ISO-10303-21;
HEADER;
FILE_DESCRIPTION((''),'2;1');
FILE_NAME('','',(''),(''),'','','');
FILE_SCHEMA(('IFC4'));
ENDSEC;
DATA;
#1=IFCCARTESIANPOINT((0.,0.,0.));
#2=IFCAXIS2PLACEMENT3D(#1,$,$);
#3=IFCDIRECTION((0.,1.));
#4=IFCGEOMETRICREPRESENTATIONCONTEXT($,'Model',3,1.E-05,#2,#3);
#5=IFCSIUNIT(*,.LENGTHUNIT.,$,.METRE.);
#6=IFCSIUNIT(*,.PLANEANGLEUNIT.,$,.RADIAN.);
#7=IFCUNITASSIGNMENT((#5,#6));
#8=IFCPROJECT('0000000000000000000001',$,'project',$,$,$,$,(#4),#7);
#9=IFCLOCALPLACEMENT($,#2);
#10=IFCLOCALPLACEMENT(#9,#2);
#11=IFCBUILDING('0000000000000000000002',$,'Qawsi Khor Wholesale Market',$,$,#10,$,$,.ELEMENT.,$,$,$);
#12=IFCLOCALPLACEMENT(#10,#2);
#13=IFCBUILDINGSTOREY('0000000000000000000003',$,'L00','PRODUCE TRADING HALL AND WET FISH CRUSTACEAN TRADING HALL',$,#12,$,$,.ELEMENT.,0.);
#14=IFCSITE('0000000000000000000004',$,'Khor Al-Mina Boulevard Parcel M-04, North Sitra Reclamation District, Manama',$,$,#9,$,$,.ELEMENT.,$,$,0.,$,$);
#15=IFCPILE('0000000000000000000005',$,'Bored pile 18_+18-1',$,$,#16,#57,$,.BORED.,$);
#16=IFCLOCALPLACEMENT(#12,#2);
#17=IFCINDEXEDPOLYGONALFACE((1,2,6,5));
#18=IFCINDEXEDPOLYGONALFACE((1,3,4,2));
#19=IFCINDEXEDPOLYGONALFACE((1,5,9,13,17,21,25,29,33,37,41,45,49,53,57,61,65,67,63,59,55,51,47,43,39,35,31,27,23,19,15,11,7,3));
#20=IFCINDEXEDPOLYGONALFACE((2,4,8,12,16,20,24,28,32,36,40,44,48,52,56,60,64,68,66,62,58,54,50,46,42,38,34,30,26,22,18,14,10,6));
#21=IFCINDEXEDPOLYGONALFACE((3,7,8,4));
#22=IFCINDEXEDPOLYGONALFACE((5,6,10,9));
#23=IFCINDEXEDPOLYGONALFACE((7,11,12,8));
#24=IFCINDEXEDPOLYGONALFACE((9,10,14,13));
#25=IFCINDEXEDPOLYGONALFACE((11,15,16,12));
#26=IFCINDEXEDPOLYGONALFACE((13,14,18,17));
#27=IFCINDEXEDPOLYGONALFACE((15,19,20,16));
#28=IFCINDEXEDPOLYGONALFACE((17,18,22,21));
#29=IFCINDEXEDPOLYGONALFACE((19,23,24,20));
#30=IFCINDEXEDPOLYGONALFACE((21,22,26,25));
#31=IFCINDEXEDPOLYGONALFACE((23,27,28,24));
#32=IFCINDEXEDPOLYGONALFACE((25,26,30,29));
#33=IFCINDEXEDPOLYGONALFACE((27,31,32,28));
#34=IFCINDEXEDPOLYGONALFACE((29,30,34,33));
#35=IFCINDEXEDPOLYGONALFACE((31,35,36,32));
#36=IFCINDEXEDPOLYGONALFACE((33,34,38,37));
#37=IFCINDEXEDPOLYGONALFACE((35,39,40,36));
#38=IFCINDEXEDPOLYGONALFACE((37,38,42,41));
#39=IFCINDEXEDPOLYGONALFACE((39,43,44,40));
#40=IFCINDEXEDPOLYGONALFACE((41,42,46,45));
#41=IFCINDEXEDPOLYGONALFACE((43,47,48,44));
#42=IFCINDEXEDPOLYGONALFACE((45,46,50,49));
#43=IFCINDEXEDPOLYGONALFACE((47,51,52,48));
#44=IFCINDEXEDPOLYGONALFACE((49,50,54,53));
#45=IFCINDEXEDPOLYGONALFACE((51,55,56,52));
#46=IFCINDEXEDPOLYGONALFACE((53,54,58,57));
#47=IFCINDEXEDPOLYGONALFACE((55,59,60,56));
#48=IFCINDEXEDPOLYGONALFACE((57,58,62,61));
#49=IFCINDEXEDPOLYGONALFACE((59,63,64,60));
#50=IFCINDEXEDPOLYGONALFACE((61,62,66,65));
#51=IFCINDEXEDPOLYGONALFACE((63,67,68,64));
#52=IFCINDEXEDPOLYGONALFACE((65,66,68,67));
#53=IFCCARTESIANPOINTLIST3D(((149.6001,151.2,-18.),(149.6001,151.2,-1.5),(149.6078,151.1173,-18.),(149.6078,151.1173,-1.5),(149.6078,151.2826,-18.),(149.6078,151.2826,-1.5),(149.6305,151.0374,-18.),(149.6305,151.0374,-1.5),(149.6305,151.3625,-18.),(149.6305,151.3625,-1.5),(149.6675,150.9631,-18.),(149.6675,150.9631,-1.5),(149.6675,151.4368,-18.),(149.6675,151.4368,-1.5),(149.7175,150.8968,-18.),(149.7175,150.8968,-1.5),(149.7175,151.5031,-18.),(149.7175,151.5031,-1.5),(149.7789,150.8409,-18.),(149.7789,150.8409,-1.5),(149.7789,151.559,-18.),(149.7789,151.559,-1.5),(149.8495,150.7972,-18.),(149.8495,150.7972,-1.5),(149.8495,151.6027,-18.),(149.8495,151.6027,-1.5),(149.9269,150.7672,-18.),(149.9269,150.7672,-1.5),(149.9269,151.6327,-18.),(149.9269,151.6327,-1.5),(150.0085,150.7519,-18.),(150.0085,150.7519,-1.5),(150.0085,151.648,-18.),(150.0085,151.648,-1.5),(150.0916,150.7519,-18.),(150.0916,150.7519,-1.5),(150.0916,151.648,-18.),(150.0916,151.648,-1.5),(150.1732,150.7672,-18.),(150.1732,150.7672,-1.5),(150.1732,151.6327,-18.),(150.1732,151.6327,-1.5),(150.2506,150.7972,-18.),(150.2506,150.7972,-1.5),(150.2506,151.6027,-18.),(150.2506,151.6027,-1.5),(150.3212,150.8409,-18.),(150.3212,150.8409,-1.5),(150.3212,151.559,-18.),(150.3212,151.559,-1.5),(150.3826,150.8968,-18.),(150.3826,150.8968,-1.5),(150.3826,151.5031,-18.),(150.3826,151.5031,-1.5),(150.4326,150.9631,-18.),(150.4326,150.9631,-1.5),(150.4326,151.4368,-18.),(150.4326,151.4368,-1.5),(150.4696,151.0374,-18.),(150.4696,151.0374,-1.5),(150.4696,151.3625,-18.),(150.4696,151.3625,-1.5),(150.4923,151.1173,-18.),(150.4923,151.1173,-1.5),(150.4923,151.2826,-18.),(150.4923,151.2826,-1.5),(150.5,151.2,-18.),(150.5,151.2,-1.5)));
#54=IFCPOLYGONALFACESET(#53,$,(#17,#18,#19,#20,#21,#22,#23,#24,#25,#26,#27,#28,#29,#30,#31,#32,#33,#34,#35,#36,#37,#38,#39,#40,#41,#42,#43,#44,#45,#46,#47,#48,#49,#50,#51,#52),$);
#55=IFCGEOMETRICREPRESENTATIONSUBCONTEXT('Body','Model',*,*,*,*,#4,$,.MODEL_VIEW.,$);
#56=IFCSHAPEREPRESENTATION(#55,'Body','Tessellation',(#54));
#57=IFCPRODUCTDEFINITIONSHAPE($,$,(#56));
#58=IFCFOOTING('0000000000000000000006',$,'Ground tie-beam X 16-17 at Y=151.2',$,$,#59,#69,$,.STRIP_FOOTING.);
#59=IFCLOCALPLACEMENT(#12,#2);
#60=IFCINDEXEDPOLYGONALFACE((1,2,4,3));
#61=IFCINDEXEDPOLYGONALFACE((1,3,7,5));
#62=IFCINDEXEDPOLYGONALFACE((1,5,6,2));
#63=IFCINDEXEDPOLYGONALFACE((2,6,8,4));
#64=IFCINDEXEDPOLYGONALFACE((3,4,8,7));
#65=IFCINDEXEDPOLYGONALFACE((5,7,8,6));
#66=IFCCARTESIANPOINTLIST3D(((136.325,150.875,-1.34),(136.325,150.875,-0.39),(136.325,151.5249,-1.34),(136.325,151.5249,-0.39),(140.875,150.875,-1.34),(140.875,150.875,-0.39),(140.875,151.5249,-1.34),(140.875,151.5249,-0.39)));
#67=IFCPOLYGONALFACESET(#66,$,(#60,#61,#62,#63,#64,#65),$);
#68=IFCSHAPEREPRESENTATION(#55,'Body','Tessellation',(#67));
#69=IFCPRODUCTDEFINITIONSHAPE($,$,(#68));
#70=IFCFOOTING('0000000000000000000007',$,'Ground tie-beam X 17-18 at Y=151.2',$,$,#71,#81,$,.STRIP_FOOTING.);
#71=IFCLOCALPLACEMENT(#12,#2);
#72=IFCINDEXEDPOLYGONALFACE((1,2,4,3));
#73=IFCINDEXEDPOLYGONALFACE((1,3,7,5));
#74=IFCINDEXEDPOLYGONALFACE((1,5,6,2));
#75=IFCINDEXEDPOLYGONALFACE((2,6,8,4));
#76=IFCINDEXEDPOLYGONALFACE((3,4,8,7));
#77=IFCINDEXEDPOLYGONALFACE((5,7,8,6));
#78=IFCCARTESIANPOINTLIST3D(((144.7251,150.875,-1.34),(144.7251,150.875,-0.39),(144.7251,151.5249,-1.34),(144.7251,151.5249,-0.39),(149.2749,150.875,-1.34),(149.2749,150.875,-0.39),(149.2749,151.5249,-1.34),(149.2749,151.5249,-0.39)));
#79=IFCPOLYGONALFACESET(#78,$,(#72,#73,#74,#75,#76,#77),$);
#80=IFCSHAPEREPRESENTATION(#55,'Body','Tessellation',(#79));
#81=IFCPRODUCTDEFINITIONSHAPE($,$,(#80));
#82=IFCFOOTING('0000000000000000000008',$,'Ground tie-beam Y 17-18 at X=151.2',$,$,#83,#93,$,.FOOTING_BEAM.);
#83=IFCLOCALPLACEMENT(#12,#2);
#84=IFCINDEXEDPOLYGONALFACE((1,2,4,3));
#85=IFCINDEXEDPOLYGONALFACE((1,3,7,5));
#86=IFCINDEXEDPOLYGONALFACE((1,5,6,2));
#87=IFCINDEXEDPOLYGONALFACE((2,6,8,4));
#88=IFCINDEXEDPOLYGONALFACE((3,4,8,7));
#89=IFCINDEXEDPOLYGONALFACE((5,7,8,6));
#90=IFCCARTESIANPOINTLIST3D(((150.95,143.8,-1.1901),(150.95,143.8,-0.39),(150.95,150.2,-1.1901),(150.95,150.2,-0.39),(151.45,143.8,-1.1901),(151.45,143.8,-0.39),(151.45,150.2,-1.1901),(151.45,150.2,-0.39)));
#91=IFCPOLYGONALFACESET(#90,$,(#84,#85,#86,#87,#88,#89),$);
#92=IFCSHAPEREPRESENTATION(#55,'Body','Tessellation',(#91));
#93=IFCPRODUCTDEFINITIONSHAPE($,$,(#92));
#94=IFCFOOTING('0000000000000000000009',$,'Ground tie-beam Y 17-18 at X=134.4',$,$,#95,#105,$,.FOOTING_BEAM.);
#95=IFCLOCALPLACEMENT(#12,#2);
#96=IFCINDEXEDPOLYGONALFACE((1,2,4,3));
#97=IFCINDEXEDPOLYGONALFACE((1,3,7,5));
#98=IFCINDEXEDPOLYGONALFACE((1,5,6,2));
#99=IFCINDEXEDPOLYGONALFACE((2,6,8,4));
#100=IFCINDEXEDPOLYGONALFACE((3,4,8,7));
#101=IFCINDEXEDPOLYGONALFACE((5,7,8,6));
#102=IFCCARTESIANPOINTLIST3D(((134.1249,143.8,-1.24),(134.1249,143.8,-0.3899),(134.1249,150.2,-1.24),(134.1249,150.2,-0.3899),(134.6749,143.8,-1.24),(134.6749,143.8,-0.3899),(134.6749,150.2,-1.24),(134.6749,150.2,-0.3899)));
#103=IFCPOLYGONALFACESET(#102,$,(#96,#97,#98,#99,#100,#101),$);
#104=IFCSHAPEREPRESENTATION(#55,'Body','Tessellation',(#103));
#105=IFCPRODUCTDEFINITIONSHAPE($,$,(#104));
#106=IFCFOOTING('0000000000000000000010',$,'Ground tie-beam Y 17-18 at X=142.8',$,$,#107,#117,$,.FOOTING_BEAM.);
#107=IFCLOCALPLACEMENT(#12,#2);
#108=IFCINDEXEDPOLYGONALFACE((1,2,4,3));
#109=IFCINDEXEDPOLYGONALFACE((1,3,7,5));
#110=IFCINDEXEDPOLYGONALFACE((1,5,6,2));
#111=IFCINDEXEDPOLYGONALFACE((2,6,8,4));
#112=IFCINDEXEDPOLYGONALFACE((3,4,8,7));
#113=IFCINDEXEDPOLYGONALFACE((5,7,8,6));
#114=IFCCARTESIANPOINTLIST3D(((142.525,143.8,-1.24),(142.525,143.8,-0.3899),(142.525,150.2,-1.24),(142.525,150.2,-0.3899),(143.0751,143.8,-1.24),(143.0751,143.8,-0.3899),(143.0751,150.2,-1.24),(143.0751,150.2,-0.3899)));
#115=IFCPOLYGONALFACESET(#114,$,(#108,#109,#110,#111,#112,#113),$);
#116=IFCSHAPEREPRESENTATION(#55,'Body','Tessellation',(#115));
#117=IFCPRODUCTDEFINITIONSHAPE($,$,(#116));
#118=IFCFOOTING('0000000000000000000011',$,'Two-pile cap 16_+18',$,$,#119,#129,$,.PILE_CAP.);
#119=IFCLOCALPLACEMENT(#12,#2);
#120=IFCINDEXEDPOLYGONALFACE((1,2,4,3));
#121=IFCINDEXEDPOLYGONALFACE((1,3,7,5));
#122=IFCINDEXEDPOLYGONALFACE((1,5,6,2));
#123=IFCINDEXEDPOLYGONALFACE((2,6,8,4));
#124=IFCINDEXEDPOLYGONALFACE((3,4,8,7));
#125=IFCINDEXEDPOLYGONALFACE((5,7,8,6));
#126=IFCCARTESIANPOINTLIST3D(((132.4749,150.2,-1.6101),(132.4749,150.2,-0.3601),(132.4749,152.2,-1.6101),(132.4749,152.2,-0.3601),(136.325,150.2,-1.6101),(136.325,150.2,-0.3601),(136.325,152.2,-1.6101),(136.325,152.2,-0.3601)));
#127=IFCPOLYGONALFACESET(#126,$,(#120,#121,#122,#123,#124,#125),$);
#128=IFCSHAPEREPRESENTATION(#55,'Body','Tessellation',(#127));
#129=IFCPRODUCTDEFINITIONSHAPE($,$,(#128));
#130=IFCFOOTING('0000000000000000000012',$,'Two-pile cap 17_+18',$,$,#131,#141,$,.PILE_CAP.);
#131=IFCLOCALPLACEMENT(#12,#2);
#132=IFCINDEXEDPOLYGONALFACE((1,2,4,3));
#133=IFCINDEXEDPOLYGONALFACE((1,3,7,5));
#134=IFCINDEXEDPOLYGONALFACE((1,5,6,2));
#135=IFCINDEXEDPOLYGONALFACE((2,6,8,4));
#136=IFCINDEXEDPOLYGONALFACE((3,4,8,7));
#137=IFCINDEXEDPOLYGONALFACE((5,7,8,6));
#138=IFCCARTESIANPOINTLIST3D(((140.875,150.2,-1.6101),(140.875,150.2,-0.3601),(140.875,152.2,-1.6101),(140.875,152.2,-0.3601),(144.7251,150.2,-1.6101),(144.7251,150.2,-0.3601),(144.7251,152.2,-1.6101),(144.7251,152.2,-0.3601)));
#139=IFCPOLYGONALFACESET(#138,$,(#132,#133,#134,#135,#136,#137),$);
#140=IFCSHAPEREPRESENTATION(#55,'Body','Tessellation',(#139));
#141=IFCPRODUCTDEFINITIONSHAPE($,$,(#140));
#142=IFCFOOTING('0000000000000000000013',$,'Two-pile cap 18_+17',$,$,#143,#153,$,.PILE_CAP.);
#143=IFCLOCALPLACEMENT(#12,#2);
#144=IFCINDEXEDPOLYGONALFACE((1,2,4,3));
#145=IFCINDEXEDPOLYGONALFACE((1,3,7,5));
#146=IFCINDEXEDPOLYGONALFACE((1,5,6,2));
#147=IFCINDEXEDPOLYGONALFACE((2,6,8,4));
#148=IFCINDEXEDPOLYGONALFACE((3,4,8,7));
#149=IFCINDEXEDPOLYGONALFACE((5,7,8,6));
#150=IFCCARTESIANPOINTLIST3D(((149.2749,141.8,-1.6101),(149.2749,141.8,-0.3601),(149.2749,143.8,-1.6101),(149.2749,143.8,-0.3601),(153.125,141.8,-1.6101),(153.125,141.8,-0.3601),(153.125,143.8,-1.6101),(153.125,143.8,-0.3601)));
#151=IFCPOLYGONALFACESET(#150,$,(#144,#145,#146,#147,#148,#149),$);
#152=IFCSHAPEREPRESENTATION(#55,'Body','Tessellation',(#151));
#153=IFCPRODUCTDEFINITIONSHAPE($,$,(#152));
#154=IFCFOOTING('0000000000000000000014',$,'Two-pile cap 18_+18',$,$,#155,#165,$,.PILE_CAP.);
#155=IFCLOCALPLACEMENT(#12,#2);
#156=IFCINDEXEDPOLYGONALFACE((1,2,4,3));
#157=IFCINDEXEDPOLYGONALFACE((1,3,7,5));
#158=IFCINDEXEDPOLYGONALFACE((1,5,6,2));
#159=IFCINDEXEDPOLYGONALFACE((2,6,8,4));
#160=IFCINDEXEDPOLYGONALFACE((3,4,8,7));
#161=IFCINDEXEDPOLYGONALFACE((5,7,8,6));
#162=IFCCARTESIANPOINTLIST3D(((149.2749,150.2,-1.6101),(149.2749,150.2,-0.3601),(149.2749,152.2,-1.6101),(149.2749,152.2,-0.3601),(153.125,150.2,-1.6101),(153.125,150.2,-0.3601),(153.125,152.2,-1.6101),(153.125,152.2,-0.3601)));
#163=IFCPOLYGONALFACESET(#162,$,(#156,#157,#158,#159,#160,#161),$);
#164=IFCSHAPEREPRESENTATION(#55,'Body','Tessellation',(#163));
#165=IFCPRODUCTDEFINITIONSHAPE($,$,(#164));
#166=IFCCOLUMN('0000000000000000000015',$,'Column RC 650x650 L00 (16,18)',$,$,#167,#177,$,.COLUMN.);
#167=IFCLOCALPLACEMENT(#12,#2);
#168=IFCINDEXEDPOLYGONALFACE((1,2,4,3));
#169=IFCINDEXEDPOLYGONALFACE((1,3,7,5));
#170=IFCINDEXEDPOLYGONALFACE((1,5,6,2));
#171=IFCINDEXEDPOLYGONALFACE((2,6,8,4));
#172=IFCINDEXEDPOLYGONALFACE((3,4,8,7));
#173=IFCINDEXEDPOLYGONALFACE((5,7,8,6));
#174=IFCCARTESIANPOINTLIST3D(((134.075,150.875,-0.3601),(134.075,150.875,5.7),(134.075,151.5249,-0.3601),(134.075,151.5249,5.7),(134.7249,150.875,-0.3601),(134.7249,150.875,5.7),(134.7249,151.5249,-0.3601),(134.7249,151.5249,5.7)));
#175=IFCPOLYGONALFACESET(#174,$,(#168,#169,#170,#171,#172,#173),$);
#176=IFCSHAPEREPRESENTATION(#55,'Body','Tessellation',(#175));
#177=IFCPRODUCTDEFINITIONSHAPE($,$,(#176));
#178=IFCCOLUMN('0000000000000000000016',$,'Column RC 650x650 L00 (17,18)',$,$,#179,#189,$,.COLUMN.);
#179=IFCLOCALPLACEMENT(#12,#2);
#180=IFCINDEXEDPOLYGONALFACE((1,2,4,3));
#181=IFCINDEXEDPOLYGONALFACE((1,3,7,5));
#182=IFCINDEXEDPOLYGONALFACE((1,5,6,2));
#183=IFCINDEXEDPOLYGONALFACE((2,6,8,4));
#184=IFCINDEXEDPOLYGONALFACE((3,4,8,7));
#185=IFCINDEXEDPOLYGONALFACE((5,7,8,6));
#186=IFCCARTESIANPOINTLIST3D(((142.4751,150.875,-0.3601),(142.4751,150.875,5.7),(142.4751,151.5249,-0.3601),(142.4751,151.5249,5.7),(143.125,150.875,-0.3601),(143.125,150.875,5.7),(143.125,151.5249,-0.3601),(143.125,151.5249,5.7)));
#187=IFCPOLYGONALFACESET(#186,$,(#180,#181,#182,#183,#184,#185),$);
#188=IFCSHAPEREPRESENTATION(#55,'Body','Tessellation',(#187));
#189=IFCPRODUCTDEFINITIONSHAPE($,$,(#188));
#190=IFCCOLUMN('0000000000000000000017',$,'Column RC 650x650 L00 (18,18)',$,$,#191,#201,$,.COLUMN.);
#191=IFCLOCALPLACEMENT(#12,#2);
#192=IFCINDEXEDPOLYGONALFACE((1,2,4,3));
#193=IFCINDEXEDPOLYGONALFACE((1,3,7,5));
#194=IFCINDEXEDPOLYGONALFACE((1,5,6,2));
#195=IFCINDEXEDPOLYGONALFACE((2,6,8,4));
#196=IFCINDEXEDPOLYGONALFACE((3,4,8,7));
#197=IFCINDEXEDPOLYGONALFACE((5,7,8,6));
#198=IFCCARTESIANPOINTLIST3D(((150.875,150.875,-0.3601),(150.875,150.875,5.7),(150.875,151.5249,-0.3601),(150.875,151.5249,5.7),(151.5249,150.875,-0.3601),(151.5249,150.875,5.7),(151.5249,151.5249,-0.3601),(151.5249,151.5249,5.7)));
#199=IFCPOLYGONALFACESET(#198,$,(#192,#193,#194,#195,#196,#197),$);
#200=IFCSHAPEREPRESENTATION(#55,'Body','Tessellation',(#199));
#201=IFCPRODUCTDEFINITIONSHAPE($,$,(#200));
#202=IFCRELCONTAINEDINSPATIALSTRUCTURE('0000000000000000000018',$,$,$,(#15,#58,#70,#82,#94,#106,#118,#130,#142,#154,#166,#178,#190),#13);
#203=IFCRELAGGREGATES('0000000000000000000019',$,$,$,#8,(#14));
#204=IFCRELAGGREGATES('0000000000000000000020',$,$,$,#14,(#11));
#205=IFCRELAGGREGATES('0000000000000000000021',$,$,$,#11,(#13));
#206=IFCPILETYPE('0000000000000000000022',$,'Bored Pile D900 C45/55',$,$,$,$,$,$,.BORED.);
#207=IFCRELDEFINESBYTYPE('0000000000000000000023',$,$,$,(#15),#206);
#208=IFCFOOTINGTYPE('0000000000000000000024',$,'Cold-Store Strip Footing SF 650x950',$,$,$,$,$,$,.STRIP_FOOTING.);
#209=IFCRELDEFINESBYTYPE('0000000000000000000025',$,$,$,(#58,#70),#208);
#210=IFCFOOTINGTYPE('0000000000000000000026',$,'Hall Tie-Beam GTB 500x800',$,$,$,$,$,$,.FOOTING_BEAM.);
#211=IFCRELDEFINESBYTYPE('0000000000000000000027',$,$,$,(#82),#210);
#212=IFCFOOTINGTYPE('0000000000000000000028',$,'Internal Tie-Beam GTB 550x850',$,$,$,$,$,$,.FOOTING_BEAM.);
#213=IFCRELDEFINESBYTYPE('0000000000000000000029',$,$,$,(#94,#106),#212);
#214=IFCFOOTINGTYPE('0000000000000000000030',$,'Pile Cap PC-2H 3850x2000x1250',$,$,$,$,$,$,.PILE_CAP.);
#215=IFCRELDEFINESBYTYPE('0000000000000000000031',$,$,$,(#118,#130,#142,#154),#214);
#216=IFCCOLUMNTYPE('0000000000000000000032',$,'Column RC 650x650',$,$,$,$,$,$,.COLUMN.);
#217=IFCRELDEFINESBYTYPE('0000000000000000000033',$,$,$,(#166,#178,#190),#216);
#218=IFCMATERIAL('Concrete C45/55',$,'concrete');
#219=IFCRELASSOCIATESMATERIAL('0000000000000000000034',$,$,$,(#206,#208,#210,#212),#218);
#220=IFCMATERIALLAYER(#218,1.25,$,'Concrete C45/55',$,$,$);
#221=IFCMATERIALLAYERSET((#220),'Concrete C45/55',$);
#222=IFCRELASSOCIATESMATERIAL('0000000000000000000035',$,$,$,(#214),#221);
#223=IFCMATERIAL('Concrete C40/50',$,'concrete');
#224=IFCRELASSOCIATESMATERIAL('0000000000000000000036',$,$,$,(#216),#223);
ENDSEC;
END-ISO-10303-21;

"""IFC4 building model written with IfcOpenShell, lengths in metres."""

from ifc_helpers import new_model, si_unit, direction, frame, origin, origin_2d, place, context, subcontext, project, spatial, rectangle, circle, extrude, material, layer, layer_set, material_profile, profile_set, type_object, element, save


model = new_model("IFC4")

# Units and contexts
model_context = context("Model", 3, precision=1e-05, world=origin(), true_north=direction((0.0, 1.0)))
body_context = subcontext(model_context, "Body", "Model", "MODEL_VIEW")
ifc_project = project(units=[si_unit("LENGTHUNIT", "METRE"), si_unit("PLANEANGLEUNIT", "RADIAN")], contexts=[model_context])

# Site, building, storey
site_placement = place(None, origin())
site = spatial("IfcSite", under=ifc_project, at=site_placement, Name="Khor Al-Mina Boulevard Parcel M-04, North Sitra Reclamation District, Manama", CompositionType="ELEMENT", RefElevation=0.0)
building_placement = place(site_placement, origin())
building = spatial("IfcBuilding", under=site, at=building_placement, Name="Qawsi Khor Wholesale Market", CompositionType="ELEMENT")
storey_placement = place(building_placement, origin())
storey = spatial("IfcBuildingStorey", under=building, at=storey_placement, Name="L00", Description="PRODUCE TRADING HALL AND WET FISH CRUSTACEAN TRADING HALL", CompositionType="ELEMENT", Elevation=0.0)

# Pile
ifc_material_1 = material(Name="Concrete C45/55", Category="concrete")
ifc_material_profile_1 = material_profile(ifc_material_1, circle(Radius=0.45, at=origin_2d()), Name="PILE D900")
ifc_profile_set_1 = profile_set([ifc_material_profile_1], Name="Concrete C45/55")
pile_type = type_object("IfcPileType", Name="Bored Pile D900 C45/55", PredefinedType="BORED", material=ifc_profile_set_1)
for number, where, z_axis, x_axis, name in (
    (1, (150.05, 151.2, -1.5), (0.0, 0.0, -1.0), (1.0, 0.0, 0.0), "Bored pile 18_+18-1"),
):
    element("IfcPile", number, at=place(storey_placement, frame(where, z_axis=z_axis, x_axis=x_axis)), inside=storey, type_object=pile_type, Name=name, PredefinedType="BORED", context=body_context, shape_type="SweptSolid", body=[
        extrude(circle(Radius=0.45, at=origin_2d()), origin(), (0.0, 0.0, 1.0), 16.5),
    ])

# Footings
ifc_material_profile_2 = material_profile(ifc_material_1, rectangle(XDim=0.6499, YDim=0.95, at=origin_2d()), Name="RC 650x950")
ifc_profile_set_2 = profile_set([ifc_material_profile_2], Name="Concrete C45/55")
footing_type_1 = type_object("IfcFootingType", Name="Cold-Store Strip Footing SF 650x950", PredefinedType="STRIP_FOOTING", material=ifc_profile_set_2)
footing_1_placement = place(storey_placement, frame((136.325, 151.2, -0.865), z_axis=(1.0, 0.0, 0.0), x_axis=(0.0, 1.0, 0.0)))
element("IfcFooting", 2, at=footing_1_placement, inside=storey, type_object=footing_type_1, Name="Ground tie-beam X 16-17 at Y=151.2", PredefinedType="STRIP_FOOTING", context=body_context, shape_type="SweptSolid", body=[
    extrude(rectangle(XDim=0.6499, YDim=0.95, at=origin_2d()), origin(), (0.0, 0.0, 1.0), 4.55),
])
footing_2_placement = place(storey_placement, frame((144.7251, 151.2, -0.865), z_axis=(1.0, 0.0, 0.0), x_axis=(0.0, 1.0, 0.0)))
element("IfcFooting", 3, at=footing_2_placement, inside=storey, type_object=footing_type_1, Name="Ground tie-beam X 17-18 at Y=151.2", PredefinedType="STRIP_FOOTING", context=body_context, shape_type="SweptSolid", body=[
    extrude(rectangle(XDim=0.6499, YDim=0.95, at=origin_2d()), origin(), (0.0, 0.0, 1.0), 4.5498),
])
ifc_material_profile_3 = material_profile(ifc_material_1, rectangle(XDim=0.5, YDim=0.8, at=origin_2d()), Name="RC 500x800")
ifc_profile_set_3 = profile_set([ifc_material_profile_3], Name="Concrete C45/55")
footing_type_2 = type_object("IfcFootingType", Name="Hall Tie-Beam GTB 500x800", PredefinedType="FOOTING_BEAM", material=ifc_profile_set_3)
footing_3_placement = place(storey_placement, frame((151.2, 143.8, -0.79), z_axis=(0.0, 1.0, 0.0), x_axis=(-1.0, 0.0, 0.0)))
element("IfcFooting", 4, at=footing_3_placement, inside=storey, type_object=footing_type_2, Name="Ground tie-beam Y 17-18 at X=151.2", PredefinedType="FOOTING_BEAM", context=body_context, shape_type="SweptSolid", body=[
    extrude(rectangle(XDim=0.5, YDim=0.8, at=origin_2d()), origin(), (0.0, 0.0, 1.0), 6.3999),
])
ifc_material_profile_4 = material_profile(ifc_material_1, rectangle(XDim=0.55, YDim=0.8501, at=origin_2d()), Name="RC 550x850")
ifc_profile_set_4 = profile_set([ifc_material_profile_4], Name="Concrete C45/55")
footing_type_3 = type_object("IfcFootingType", Name="Internal Tie-Beam GTB 550x850", PredefinedType="FOOTING_BEAM", material=ifc_profile_set_4)
for number, where, z_axis, x_axis, name in (
    (5, (134.3999, 143.8, -0.8149), (0.0, 1.0, 0.0), (-1.0, 0.0, 0.0), "Ground tie-beam Y 17-18 at X=134.4"),
    (6, (142.8, 143.8, -0.8149), (0.0, 1.0, 0.0), (-1.0, 0.0, 0.0), "Ground tie-beam Y 17-18 at X=142.8"),
):
    element("IfcFooting", number, at=place(storey_placement, frame(where, z_axis=z_axis, x_axis=x_axis)), inside=storey, type_object=footing_type_3, Name=name, PredefinedType="FOOTING_BEAM", context=body_context, shape_type="SweptSolid", body=[
        extrude(rectangle(XDim=0.55, YDim=0.8501, at=origin_2d()), origin(), (0.0, 0.0, 1.0), 6.3999),
    ])
ifc_layer_1 = layer(ifc_material_1, 1.25, Name="Concrete C45/55")
ifc_layer_set_1 = layer_set([ifc_layer_1], Name="Concrete C45/55")
footing_type_4 = type_object("IfcFootingType", Name="Pile Cap PC-2H 3850x2000x1250", PredefinedType="PILE_CAP", material=ifc_layer_set_1)
for number, where, z_axis, x_axis, name in (
    (7, (134.3999, 151.2, -1.6101), (0.0, 0.0, 1.0), (1.0, 0.0, 0.0), "Two-pile cap 16_+18"),
    (8, (142.8, 151.2, -1.6101), (0.0, 0.0, 1.0), (1.0, 0.0, 0.0), "Two-pile cap 17_+18"),
    (9, (151.2, 142.8, -1.6101), (0.0, 0.0, 1.0), (1.0, 0.0, 0.0), "Two-pile cap 18_+17"),
    (10, (151.2, 151.2, -1.6101), (0.0, 0.0, 1.0), (1.0, 0.0, 0.0), "Two-pile cap 18_+18"),
):
    element("IfcFooting", number, at=place(storey_placement, frame(where, z_axis=z_axis, x_axis=x_axis)), inside=storey, type_object=footing_type_4, Name=name, PredefinedType="PILE_CAP", context=body_context, shape_type="SweptSolid", body=[
        extrude(rectangle(XDim=3.8501, YDim=2.0, at=origin_2d()), origin(), (0.0, 0.0, 1.0), 1.25),
    ])

# Columns
ifc_material_2 = material(Name="Concrete C40/50", Category="concrete")
ifc_material_profile_5 = material_profile(ifc_material_2, rectangle(XDim=0.6499, YDim=0.6499, at=origin_2d()), Name="RC 650x650")
ifc_profile_set_5 = profile_set([ifc_material_profile_5], Name="Concrete C40/50")
column_type_1 = type_object("IfcColumnType", Name="Column RC 650x650", PredefinedType="COLUMN", material=ifc_profile_set_5)
for number, where, z_axis, x_axis, name in (
    (11, (134.3999, 151.2, -0.3601), (0.0, 0.0, 1.0), (1.0, 0.0, 0.0), "Column RC 650x650 L00 (16,18)"),
    (12, (142.8, 151.2, -0.3601), (0.0, 0.0, 1.0), (1.0, 0.0, 0.0), "Column RC 650x650 L00 (17,18)"),
    (13, (151.2, 151.2, -0.3601), (0.0, 0.0, 1.0), (1.0, 0.0, 0.0), "Column RC 650x650 L00 (18,18)"),
):
    element("IfcColumn", number, at=place(storey_placement, frame(where, z_axis=z_axis, x_axis=x_axis)), inside=storey, type_object=column_type_1, Name=name, PredefinedType="COLUMN", context=body_context, shape_type="SweptSolid", body=[
        extrude(rectangle(XDim=0.6499, YDim=0.6499, at=origin_2d()), origin(), (0.0, 0.0, 1.0), 6.0601),
    ])

save(model, "model.ifc")
